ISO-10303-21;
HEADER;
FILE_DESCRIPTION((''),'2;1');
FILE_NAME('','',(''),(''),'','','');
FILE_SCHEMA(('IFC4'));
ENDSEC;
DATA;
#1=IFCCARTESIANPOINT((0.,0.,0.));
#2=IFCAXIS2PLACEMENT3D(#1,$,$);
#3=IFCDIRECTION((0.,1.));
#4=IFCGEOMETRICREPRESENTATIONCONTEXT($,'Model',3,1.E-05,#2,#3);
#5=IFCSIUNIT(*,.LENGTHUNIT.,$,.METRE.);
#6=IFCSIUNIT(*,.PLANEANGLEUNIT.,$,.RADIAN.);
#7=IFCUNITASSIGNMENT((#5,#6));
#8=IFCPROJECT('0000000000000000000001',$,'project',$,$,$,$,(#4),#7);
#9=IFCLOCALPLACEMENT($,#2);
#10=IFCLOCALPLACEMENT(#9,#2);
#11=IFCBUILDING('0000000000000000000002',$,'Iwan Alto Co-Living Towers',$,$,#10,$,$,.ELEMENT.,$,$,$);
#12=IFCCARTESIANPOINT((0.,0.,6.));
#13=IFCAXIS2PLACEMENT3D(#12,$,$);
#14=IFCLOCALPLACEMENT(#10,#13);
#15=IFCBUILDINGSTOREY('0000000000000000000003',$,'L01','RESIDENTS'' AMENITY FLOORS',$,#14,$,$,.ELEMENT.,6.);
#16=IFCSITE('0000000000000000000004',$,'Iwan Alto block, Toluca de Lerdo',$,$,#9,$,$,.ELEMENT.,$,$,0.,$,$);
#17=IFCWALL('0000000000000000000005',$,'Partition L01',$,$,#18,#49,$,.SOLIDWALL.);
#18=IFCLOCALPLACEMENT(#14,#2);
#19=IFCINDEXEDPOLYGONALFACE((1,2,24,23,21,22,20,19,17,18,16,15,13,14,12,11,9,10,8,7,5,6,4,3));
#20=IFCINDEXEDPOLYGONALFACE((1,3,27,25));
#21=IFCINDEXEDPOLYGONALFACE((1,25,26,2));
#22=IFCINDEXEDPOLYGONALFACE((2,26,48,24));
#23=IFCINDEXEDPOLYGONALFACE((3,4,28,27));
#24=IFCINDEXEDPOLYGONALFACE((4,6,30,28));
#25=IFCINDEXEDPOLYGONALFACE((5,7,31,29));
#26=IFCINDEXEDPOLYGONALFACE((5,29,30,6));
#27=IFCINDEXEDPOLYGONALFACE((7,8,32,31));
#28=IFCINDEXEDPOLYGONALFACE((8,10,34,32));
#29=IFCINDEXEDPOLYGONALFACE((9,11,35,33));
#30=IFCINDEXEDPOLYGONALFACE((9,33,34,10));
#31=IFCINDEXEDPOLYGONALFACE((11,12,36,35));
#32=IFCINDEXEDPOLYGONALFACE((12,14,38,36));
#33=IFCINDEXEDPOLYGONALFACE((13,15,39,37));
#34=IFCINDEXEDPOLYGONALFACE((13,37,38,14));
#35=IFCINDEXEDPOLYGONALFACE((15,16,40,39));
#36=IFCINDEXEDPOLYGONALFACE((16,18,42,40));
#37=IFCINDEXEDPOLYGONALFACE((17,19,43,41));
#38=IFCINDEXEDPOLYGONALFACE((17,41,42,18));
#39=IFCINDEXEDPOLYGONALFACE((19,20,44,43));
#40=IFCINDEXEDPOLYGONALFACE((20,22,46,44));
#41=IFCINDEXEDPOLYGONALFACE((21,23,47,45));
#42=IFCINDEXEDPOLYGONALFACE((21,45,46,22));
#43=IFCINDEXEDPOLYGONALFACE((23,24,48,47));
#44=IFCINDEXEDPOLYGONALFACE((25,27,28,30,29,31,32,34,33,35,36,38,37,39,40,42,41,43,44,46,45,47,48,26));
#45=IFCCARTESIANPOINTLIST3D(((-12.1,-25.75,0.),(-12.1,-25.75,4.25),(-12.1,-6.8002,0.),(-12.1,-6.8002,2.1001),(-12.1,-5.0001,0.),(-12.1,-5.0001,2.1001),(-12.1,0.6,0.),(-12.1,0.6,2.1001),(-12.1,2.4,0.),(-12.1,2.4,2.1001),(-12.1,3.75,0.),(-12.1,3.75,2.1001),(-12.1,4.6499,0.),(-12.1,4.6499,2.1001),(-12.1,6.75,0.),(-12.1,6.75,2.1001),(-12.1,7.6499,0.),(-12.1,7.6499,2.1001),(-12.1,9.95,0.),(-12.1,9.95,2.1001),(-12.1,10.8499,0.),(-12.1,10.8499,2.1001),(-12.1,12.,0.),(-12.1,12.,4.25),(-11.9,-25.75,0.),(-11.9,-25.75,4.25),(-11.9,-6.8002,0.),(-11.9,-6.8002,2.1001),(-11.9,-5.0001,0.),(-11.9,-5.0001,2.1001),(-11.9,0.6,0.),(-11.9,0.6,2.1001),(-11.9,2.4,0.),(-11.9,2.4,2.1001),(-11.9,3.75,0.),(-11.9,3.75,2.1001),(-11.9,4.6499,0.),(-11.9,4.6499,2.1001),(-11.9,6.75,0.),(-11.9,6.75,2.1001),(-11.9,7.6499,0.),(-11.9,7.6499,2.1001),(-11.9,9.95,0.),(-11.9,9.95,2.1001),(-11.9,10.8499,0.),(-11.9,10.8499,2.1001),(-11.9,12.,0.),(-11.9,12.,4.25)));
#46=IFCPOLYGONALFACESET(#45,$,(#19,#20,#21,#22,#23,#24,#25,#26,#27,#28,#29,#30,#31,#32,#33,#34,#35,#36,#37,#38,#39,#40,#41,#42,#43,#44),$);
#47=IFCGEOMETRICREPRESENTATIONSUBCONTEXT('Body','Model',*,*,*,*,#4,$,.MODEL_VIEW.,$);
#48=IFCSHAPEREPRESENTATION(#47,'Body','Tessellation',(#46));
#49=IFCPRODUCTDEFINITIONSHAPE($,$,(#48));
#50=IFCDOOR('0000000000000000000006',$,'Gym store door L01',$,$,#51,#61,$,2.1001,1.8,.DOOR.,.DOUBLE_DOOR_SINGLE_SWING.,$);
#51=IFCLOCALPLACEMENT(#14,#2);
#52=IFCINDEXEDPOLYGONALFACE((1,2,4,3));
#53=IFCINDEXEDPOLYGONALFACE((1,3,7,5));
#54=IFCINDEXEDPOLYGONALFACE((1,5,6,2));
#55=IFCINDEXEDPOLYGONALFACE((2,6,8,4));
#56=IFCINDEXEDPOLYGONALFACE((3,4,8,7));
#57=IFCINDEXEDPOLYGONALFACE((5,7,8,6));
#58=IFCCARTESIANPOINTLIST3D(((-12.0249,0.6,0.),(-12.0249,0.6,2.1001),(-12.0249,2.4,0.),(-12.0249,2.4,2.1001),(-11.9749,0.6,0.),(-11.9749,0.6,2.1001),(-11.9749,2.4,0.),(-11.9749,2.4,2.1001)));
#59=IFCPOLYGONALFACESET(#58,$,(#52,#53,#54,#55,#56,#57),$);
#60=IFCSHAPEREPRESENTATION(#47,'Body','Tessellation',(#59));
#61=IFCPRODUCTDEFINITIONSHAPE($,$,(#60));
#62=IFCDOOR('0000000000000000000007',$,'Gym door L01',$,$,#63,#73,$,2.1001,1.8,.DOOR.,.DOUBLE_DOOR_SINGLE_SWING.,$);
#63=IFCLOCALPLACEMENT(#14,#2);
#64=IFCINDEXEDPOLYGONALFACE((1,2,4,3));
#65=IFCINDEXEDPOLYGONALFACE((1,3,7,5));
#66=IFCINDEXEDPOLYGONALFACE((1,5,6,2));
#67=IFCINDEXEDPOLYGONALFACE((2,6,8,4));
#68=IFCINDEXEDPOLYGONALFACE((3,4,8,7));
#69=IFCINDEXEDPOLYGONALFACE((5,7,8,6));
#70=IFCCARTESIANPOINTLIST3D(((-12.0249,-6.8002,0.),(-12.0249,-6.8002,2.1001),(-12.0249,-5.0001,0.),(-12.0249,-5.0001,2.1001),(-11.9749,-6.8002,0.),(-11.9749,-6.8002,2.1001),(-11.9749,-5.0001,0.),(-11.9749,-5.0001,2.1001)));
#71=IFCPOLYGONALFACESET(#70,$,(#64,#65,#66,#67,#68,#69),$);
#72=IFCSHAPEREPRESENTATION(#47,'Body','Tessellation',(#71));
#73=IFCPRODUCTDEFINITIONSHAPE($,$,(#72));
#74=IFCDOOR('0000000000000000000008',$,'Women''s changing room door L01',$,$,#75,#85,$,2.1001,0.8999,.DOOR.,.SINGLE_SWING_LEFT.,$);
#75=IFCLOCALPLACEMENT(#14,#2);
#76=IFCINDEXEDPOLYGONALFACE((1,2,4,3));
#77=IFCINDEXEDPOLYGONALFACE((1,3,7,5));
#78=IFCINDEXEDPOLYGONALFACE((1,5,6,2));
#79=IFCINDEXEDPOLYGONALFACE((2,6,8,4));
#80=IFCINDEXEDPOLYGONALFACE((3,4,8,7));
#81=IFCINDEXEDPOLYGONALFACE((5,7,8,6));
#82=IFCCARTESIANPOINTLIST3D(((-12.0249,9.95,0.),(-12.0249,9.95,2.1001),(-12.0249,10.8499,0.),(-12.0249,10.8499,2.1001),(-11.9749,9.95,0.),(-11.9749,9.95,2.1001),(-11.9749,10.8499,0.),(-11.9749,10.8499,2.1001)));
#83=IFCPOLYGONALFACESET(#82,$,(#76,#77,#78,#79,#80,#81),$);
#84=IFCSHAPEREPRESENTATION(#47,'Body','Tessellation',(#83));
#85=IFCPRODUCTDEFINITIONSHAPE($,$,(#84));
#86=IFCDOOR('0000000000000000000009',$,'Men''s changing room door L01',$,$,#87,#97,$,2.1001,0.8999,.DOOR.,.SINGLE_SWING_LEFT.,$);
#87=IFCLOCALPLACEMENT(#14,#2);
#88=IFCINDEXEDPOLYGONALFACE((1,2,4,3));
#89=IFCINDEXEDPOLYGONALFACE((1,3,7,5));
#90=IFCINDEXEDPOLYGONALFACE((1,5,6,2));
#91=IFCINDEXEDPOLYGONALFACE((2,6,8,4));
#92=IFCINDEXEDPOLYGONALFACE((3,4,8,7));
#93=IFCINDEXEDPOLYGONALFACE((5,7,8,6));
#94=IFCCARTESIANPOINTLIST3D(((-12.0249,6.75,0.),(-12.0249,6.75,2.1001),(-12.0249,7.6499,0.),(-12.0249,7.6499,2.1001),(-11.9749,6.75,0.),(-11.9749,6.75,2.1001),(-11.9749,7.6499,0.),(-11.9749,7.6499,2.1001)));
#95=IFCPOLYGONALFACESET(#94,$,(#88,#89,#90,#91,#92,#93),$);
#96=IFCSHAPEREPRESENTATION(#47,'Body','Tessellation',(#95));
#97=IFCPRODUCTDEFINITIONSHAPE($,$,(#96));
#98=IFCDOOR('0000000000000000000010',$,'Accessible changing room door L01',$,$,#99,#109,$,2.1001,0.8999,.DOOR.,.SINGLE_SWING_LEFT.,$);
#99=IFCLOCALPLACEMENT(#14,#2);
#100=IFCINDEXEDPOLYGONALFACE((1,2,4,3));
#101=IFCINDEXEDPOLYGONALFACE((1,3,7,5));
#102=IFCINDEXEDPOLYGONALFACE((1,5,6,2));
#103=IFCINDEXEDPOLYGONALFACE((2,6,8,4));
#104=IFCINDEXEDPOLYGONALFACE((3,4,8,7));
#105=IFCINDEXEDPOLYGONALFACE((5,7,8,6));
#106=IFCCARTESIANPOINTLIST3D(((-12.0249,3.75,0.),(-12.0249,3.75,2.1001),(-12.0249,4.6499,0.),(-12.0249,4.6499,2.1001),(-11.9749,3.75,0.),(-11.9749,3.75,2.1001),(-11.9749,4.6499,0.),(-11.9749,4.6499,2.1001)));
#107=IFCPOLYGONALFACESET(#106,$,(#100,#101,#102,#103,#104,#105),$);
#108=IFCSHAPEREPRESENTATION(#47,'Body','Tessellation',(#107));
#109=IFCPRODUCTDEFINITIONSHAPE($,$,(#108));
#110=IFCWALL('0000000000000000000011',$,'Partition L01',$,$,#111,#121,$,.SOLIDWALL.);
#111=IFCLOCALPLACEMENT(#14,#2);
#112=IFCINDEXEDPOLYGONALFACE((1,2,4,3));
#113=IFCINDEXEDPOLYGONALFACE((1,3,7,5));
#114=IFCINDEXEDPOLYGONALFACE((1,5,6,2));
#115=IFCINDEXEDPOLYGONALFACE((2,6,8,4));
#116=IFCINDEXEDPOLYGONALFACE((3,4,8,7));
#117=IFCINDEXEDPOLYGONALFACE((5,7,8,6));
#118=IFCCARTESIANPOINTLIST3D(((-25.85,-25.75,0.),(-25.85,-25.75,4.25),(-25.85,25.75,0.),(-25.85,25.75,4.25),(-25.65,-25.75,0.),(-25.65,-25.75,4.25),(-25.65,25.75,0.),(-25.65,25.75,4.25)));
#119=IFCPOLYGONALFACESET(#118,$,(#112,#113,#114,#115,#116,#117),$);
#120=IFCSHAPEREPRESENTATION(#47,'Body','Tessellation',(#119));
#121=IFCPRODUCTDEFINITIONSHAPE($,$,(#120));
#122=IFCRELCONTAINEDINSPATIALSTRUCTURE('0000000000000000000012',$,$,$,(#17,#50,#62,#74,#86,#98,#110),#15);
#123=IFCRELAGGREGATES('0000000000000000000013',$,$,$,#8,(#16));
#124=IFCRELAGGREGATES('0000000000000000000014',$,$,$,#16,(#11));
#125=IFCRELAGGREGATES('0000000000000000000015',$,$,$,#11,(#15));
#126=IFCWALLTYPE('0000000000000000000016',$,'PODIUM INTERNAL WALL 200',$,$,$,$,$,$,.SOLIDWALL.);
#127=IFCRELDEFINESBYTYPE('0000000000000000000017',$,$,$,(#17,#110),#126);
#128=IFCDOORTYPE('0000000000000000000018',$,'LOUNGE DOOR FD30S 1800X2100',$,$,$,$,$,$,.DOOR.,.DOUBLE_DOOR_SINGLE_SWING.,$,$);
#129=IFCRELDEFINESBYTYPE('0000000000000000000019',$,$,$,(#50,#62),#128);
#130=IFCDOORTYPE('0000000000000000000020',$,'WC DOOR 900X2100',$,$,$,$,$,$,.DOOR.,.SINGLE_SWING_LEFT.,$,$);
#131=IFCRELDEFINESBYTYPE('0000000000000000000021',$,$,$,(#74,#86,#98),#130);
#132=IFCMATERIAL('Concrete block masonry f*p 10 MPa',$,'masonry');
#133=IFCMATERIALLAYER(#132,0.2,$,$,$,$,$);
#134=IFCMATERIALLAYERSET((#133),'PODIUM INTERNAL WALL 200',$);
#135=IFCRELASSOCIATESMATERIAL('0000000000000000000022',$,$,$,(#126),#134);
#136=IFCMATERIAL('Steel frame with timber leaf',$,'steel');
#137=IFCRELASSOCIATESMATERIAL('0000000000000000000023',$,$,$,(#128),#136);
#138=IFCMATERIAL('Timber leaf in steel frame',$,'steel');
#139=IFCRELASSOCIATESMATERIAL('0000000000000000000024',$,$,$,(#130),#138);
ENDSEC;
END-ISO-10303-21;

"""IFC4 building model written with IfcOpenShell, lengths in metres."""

from ifc_helpers import new_model, si_unit, direction, frame, frame_2d, origin, place, context, subcontext, project, spatial, rectangle, extrude, material, layer, layer_set, type_object, element, fill, save


model = new_model("IFC4")

# Units and contexts
model_context = context("Model", 3, precision=1e-05, world=origin(), true_north=direction((0.0, 1.0)))
body_context = subcontext(model_context, "Body", "Model", "MODEL_VIEW")
ifc_project = project(units=[si_unit("LENGTHUNIT", "METRE"), si_unit("PLANEANGLEUNIT", "RADIAN")], contexts=[model_context])

# Site, building, storey
site_placement = place(None, origin())
site = spatial("IfcSite", under=ifc_project, at=site_placement, Name="Iwan Alto block, Toluca de Lerdo", CompositionType="ELEMENT", RefElevation=0.0)
building_placement = place(site_placement, origin())
building = spatial("IfcBuilding", under=site, at=building_placement, Name="Iwan Alto Co-Living Towers", CompositionType="ELEMENT")
storey_placement = place(building_placement, frame((0.0, 0.0, 6.0)))
storey = spatial("IfcBuildingStorey", under=building, at=storey_placement, Name="L01", Description="RESIDENTS' AMENITY FLOORS", CompositionType="ELEMENT", Elevation=6.0)

# Shared definitions
ifc_material_1 = material(Name="Concrete block masonry f*p 10 MPa", Category="masonry")
ifc_layer = layer(ifc_material_1, 0.2)
ifc_layer_set = layer_set([ifc_layer], Name="PODIUM INTERNAL WALL 200")
wall_type = type_object("IfcWallType", Name="PODIUM INTERNAL WALL 200", PredefinedType="SOLIDWALL", material=ifc_layer_set)

# Shared definitions
ifc_material_2 = material(Name="Steel frame with timber leaf", Category="steel")
door_type_1 = type_object("IfcDoorType", Name="LOUNGE DOOR FD30S 1800X2100", OperationType="DOUBLE_DOOR_SINGLE_SWING", PredefinedType="DOOR", material=ifc_material_2)

# Wall, openings, doors
wall_1_placement = place(storey_placement, frame((-12.0, -25.75, 0.0), z_axis=(0.0, 0.0, 1.0), x_axis=(0.0, 1.0, 0.0)))
wall_1 = element("IfcWall", 1, at=wall_1_placement, inside=storey, type_object=wall_type, Name="Partition L01", PredefinedType="SOLIDWALL", context=body_context, shape_type="SweptSolid", body=[
    extrude(rectangle(XDim=37.75, YDim=0.2, at=frame_2d((18.875, 0.0))), origin(), (0.0, 0.0, 1.0), 4.25),
])
opening_1_placement = place(wall_1_placement, frame((35.7, 0.0, 0.0)))
opening_1 = element("IfcOpeningElement", 2, at=opening_1_placement, cuts=wall_1, PredefinedType="OPENING", context=body_context, shape_type="SweptSolid", body=[
    extrude(rectangle(XDim=0.8999, YDim=2.1001, at=frame_2d((0.45, 1.05))), frame((0.0, 0.1099, 0.0), z_axis=(0.0, -1.0, 0.0), x_axis=(1.0, 0.0, 0.0)), (0.0, 0.0, 1.0), 0.22),
])
opening_2_placement = place(wall_1_placement, frame((32.5, 0.0, 0.0)))
opening_2 = element("IfcOpeningElement", 3, at=opening_2_placement, cuts=wall_1, PredefinedType="OPENING", context=body_context, shape_type="SweptSolid", body=[
    extrude(rectangle(XDim=0.8999, YDim=2.1001, at=frame_2d((0.45, 1.05))), frame((0.0, 0.1099, 0.0), z_axis=(0.0, -1.0, 0.0), x_axis=(1.0, 0.0, 0.0)), (0.0, 0.0, 1.0), 0.22),
])
opening_3_placement = place(wall_1_placement, frame((29.5, 0.0, 0.0)))
opening_3 = element("IfcOpeningElement", 4, at=opening_3_placement, cuts=wall_1, PredefinedType="OPENING", context=body_context, shape_type="SweptSolid", body=[
    extrude(rectangle(XDim=0.8999, YDim=2.1001, at=frame_2d((0.45, 1.05))), frame((0.0, 0.1099, 0.0), z_axis=(0.0, -1.0, 0.0), x_axis=(1.0, 0.0, 0.0)), (0.0, 0.0, 1.0), 0.22),
])
opening_4_placement = place(wall_1_placement, frame((26.3501, 0.0, 0.0)))
opening_4 = element("IfcOpeningElement", 5, at=opening_4_placement, cuts=wall_1, PredefinedType="OPENING", context=body_context, shape_type="SweptSolid", body=[
    extrude(rectangle(XDim=1.8, YDim=2.1001, at=frame_2d((0.8999, 1.05))), frame((0.0, 0.1099, 0.0), z_axis=(0.0, -1.0, 0.0), x_axis=(1.0, 0.0, 0.0)), (0.0, 0.0, 1.0), 0.22),
])
opening_5_placement = place(wall_1_placement, frame((18.95, 0.0, 0.0)))
opening_5 = element("IfcOpeningElement", 6, at=opening_5_placement, cuts=wall_1, PredefinedType="OPENING", context=body_context, shape_type="SweptSolid", body=[
    extrude(rectangle(XDim=1.8, YDim=2.1001, at=frame_2d((0.8999, 1.05))), frame((0.0, 0.1099, 0.0), z_axis=(0.0, -1.0, 0.0), x_axis=(1.0, 0.0, 0.0)), (0.0, 0.0, 1.0), 0.22),
])
door_1_placement = place(opening_4_placement, origin())
door_1 = element("IfcDoor", 7, at=door_1_placement, inside=storey, type_object=door_type_1, Name="Gym store door L01", OperationType="DOUBLE_DOOR_SINGLE_SWING", OverallHeight=2.1001, OverallWidth=1.8, PredefinedType="DOOR", context=body_context, shape_type="SweptSolid", body=[
    extrude(rectangle(XDim=1.8, YDim=2.1001, at=frame_2d((0.8999, 1.05))), frame((0.0, 0.0249, 0.0), z_axis=(0.0, -1.0, 0.0), x_axis=(1.0, 0.0, 0.0)), (0.0, 0.0, 1.0), 0.05),
])
fill(opening_4, door_1)
door_2_placement = place(opening_5_placement, origin())
door_2 = element("IfcDoor", 8, at=door_2_placement, inside=storey, type_object=door_type_1, Name="Gym door L01", OperationType="DOUBLE_DOOR_SINGLE_SWING", OverallHeight=2.1001, OverallWidth=1.8, PredefinedType="DOOR", context=body_context, shape_type="SweptSolid", body=[
    extrude(rectangle(XDim=1.8, YDim=2.1001, at=frame_2d((0.8999, 1.05))), frame((0.0, 0.0249, 0.0), z_axis=(0.0, -1.0, 0.0), x_axis=(1.0, 0.0, 0.0)), (0.0, 0.0, 1.0), 0.05),
])
fill(opening_5, door_2)
ifc_material_3 = material(Name="Timber leaf in steel frame", Category="steel")
door_type_2 = type_object("IfcDoorType", Name="WC DOOR 900X2100", OperationType="SINGLE_SWING_LEFT", PredefinedType="DOOR", material=ifc_material_3)
door_3_placement = place(opening_1_placement, origin())
door_3 = element("IfcDoor", 9, at=door_3_placement, inside=storey, type_object=door_type_2, Name="Women's changing room door L01", OperationType="SINGLE_SWING_LEFT", OverallHeight=2.1001, OverallWidth=0.8999, PredefinedType="DOOR", context=body_context, shape_type="SweptSolid", body=[
    extrude(rectangle(XDim=0.8999, YDim=2.1001, at=frame_2d((0.45, 1.05))), frame((0.0, 0.0249, 0.0), z_axis=(0.0, -1.0, 0.0), x_axis=(1.0, 0.0, 0.0)), (0.0, 0.0, 1.0), 0.05),
])
fill(opening_1, door_3)
door_4_placement = place(opening_2_placement, origin())
door_4 = element("IfcDoor", 10, at=door_4_placement, inside=storey, type_object=door_type_2, Name="Men's changing room door L01", OperationType="SINGLE_SWING_LEFT", OverallHeight=2.1001, OverallWidth=0.8999, PredefinedType="DOOR", context=body_context, shape_type="SweptSolid", body=[
    extrude(rectangle(XDim=0.8999, YDim=2.1001, at=frame_2d((0.45, 1.05))), frame((0.0, 0.0249, 0.0), z_axis=(0.0, -1.0, 0.0), x_axis=(1.0, 0.0, 0.0)), (0.0, 0.0, 1.0), 0.05),
])
fill(opening_2, door_4)
door_5_placement = place(opening_3_placement, origin())
door_5 = element("IfcDoor", 11, at=door_5_placement, inside=storey, type_object=door_type_2, Name="Accessible changing room door L01", OperationType="SINGLE_SWING_LEFT", OverallHeight=2.1001, OverallWidth=0.8999, PredefinedType="DOOR", context=body_context, shape_type="SweptSolid", body=[
    extrude(rectangle(XDim=0.8999, YDim=2.1001, at=frame_2d((0.45, 1.05))), frame((0.0, 0.0249, 0.0), z_axis=(0.0, -1.0, 0.0), x_axis=(1.0, 0.0, 0.0)), (0.0, 0.0, 1.0), 0.05),
])
fill(opening_3, door_5)

# Wall
wall_2_placement = place(storey_placement, frame((-25.75, -25.75, 0.0), z_axis=(0.0, 0.0, 1.0), x_axis=(0.0, 1.0, 0.0)))
element("IfcWall", 12, at=wall_2_placement, inside=storey, type_object=wall_type, Name="Partition L01", PredefinedType="SOLIDWALL", context=body_context, shape_type="SweptSolid", body=[
    extrude(rectangle(XDim=51.5, YDim=0.2, at=frame_2d((25.75, 0.0))), origin(), (0.0, 0.0, 1.0), 4.25),
])

save(model, "model.ifc")
